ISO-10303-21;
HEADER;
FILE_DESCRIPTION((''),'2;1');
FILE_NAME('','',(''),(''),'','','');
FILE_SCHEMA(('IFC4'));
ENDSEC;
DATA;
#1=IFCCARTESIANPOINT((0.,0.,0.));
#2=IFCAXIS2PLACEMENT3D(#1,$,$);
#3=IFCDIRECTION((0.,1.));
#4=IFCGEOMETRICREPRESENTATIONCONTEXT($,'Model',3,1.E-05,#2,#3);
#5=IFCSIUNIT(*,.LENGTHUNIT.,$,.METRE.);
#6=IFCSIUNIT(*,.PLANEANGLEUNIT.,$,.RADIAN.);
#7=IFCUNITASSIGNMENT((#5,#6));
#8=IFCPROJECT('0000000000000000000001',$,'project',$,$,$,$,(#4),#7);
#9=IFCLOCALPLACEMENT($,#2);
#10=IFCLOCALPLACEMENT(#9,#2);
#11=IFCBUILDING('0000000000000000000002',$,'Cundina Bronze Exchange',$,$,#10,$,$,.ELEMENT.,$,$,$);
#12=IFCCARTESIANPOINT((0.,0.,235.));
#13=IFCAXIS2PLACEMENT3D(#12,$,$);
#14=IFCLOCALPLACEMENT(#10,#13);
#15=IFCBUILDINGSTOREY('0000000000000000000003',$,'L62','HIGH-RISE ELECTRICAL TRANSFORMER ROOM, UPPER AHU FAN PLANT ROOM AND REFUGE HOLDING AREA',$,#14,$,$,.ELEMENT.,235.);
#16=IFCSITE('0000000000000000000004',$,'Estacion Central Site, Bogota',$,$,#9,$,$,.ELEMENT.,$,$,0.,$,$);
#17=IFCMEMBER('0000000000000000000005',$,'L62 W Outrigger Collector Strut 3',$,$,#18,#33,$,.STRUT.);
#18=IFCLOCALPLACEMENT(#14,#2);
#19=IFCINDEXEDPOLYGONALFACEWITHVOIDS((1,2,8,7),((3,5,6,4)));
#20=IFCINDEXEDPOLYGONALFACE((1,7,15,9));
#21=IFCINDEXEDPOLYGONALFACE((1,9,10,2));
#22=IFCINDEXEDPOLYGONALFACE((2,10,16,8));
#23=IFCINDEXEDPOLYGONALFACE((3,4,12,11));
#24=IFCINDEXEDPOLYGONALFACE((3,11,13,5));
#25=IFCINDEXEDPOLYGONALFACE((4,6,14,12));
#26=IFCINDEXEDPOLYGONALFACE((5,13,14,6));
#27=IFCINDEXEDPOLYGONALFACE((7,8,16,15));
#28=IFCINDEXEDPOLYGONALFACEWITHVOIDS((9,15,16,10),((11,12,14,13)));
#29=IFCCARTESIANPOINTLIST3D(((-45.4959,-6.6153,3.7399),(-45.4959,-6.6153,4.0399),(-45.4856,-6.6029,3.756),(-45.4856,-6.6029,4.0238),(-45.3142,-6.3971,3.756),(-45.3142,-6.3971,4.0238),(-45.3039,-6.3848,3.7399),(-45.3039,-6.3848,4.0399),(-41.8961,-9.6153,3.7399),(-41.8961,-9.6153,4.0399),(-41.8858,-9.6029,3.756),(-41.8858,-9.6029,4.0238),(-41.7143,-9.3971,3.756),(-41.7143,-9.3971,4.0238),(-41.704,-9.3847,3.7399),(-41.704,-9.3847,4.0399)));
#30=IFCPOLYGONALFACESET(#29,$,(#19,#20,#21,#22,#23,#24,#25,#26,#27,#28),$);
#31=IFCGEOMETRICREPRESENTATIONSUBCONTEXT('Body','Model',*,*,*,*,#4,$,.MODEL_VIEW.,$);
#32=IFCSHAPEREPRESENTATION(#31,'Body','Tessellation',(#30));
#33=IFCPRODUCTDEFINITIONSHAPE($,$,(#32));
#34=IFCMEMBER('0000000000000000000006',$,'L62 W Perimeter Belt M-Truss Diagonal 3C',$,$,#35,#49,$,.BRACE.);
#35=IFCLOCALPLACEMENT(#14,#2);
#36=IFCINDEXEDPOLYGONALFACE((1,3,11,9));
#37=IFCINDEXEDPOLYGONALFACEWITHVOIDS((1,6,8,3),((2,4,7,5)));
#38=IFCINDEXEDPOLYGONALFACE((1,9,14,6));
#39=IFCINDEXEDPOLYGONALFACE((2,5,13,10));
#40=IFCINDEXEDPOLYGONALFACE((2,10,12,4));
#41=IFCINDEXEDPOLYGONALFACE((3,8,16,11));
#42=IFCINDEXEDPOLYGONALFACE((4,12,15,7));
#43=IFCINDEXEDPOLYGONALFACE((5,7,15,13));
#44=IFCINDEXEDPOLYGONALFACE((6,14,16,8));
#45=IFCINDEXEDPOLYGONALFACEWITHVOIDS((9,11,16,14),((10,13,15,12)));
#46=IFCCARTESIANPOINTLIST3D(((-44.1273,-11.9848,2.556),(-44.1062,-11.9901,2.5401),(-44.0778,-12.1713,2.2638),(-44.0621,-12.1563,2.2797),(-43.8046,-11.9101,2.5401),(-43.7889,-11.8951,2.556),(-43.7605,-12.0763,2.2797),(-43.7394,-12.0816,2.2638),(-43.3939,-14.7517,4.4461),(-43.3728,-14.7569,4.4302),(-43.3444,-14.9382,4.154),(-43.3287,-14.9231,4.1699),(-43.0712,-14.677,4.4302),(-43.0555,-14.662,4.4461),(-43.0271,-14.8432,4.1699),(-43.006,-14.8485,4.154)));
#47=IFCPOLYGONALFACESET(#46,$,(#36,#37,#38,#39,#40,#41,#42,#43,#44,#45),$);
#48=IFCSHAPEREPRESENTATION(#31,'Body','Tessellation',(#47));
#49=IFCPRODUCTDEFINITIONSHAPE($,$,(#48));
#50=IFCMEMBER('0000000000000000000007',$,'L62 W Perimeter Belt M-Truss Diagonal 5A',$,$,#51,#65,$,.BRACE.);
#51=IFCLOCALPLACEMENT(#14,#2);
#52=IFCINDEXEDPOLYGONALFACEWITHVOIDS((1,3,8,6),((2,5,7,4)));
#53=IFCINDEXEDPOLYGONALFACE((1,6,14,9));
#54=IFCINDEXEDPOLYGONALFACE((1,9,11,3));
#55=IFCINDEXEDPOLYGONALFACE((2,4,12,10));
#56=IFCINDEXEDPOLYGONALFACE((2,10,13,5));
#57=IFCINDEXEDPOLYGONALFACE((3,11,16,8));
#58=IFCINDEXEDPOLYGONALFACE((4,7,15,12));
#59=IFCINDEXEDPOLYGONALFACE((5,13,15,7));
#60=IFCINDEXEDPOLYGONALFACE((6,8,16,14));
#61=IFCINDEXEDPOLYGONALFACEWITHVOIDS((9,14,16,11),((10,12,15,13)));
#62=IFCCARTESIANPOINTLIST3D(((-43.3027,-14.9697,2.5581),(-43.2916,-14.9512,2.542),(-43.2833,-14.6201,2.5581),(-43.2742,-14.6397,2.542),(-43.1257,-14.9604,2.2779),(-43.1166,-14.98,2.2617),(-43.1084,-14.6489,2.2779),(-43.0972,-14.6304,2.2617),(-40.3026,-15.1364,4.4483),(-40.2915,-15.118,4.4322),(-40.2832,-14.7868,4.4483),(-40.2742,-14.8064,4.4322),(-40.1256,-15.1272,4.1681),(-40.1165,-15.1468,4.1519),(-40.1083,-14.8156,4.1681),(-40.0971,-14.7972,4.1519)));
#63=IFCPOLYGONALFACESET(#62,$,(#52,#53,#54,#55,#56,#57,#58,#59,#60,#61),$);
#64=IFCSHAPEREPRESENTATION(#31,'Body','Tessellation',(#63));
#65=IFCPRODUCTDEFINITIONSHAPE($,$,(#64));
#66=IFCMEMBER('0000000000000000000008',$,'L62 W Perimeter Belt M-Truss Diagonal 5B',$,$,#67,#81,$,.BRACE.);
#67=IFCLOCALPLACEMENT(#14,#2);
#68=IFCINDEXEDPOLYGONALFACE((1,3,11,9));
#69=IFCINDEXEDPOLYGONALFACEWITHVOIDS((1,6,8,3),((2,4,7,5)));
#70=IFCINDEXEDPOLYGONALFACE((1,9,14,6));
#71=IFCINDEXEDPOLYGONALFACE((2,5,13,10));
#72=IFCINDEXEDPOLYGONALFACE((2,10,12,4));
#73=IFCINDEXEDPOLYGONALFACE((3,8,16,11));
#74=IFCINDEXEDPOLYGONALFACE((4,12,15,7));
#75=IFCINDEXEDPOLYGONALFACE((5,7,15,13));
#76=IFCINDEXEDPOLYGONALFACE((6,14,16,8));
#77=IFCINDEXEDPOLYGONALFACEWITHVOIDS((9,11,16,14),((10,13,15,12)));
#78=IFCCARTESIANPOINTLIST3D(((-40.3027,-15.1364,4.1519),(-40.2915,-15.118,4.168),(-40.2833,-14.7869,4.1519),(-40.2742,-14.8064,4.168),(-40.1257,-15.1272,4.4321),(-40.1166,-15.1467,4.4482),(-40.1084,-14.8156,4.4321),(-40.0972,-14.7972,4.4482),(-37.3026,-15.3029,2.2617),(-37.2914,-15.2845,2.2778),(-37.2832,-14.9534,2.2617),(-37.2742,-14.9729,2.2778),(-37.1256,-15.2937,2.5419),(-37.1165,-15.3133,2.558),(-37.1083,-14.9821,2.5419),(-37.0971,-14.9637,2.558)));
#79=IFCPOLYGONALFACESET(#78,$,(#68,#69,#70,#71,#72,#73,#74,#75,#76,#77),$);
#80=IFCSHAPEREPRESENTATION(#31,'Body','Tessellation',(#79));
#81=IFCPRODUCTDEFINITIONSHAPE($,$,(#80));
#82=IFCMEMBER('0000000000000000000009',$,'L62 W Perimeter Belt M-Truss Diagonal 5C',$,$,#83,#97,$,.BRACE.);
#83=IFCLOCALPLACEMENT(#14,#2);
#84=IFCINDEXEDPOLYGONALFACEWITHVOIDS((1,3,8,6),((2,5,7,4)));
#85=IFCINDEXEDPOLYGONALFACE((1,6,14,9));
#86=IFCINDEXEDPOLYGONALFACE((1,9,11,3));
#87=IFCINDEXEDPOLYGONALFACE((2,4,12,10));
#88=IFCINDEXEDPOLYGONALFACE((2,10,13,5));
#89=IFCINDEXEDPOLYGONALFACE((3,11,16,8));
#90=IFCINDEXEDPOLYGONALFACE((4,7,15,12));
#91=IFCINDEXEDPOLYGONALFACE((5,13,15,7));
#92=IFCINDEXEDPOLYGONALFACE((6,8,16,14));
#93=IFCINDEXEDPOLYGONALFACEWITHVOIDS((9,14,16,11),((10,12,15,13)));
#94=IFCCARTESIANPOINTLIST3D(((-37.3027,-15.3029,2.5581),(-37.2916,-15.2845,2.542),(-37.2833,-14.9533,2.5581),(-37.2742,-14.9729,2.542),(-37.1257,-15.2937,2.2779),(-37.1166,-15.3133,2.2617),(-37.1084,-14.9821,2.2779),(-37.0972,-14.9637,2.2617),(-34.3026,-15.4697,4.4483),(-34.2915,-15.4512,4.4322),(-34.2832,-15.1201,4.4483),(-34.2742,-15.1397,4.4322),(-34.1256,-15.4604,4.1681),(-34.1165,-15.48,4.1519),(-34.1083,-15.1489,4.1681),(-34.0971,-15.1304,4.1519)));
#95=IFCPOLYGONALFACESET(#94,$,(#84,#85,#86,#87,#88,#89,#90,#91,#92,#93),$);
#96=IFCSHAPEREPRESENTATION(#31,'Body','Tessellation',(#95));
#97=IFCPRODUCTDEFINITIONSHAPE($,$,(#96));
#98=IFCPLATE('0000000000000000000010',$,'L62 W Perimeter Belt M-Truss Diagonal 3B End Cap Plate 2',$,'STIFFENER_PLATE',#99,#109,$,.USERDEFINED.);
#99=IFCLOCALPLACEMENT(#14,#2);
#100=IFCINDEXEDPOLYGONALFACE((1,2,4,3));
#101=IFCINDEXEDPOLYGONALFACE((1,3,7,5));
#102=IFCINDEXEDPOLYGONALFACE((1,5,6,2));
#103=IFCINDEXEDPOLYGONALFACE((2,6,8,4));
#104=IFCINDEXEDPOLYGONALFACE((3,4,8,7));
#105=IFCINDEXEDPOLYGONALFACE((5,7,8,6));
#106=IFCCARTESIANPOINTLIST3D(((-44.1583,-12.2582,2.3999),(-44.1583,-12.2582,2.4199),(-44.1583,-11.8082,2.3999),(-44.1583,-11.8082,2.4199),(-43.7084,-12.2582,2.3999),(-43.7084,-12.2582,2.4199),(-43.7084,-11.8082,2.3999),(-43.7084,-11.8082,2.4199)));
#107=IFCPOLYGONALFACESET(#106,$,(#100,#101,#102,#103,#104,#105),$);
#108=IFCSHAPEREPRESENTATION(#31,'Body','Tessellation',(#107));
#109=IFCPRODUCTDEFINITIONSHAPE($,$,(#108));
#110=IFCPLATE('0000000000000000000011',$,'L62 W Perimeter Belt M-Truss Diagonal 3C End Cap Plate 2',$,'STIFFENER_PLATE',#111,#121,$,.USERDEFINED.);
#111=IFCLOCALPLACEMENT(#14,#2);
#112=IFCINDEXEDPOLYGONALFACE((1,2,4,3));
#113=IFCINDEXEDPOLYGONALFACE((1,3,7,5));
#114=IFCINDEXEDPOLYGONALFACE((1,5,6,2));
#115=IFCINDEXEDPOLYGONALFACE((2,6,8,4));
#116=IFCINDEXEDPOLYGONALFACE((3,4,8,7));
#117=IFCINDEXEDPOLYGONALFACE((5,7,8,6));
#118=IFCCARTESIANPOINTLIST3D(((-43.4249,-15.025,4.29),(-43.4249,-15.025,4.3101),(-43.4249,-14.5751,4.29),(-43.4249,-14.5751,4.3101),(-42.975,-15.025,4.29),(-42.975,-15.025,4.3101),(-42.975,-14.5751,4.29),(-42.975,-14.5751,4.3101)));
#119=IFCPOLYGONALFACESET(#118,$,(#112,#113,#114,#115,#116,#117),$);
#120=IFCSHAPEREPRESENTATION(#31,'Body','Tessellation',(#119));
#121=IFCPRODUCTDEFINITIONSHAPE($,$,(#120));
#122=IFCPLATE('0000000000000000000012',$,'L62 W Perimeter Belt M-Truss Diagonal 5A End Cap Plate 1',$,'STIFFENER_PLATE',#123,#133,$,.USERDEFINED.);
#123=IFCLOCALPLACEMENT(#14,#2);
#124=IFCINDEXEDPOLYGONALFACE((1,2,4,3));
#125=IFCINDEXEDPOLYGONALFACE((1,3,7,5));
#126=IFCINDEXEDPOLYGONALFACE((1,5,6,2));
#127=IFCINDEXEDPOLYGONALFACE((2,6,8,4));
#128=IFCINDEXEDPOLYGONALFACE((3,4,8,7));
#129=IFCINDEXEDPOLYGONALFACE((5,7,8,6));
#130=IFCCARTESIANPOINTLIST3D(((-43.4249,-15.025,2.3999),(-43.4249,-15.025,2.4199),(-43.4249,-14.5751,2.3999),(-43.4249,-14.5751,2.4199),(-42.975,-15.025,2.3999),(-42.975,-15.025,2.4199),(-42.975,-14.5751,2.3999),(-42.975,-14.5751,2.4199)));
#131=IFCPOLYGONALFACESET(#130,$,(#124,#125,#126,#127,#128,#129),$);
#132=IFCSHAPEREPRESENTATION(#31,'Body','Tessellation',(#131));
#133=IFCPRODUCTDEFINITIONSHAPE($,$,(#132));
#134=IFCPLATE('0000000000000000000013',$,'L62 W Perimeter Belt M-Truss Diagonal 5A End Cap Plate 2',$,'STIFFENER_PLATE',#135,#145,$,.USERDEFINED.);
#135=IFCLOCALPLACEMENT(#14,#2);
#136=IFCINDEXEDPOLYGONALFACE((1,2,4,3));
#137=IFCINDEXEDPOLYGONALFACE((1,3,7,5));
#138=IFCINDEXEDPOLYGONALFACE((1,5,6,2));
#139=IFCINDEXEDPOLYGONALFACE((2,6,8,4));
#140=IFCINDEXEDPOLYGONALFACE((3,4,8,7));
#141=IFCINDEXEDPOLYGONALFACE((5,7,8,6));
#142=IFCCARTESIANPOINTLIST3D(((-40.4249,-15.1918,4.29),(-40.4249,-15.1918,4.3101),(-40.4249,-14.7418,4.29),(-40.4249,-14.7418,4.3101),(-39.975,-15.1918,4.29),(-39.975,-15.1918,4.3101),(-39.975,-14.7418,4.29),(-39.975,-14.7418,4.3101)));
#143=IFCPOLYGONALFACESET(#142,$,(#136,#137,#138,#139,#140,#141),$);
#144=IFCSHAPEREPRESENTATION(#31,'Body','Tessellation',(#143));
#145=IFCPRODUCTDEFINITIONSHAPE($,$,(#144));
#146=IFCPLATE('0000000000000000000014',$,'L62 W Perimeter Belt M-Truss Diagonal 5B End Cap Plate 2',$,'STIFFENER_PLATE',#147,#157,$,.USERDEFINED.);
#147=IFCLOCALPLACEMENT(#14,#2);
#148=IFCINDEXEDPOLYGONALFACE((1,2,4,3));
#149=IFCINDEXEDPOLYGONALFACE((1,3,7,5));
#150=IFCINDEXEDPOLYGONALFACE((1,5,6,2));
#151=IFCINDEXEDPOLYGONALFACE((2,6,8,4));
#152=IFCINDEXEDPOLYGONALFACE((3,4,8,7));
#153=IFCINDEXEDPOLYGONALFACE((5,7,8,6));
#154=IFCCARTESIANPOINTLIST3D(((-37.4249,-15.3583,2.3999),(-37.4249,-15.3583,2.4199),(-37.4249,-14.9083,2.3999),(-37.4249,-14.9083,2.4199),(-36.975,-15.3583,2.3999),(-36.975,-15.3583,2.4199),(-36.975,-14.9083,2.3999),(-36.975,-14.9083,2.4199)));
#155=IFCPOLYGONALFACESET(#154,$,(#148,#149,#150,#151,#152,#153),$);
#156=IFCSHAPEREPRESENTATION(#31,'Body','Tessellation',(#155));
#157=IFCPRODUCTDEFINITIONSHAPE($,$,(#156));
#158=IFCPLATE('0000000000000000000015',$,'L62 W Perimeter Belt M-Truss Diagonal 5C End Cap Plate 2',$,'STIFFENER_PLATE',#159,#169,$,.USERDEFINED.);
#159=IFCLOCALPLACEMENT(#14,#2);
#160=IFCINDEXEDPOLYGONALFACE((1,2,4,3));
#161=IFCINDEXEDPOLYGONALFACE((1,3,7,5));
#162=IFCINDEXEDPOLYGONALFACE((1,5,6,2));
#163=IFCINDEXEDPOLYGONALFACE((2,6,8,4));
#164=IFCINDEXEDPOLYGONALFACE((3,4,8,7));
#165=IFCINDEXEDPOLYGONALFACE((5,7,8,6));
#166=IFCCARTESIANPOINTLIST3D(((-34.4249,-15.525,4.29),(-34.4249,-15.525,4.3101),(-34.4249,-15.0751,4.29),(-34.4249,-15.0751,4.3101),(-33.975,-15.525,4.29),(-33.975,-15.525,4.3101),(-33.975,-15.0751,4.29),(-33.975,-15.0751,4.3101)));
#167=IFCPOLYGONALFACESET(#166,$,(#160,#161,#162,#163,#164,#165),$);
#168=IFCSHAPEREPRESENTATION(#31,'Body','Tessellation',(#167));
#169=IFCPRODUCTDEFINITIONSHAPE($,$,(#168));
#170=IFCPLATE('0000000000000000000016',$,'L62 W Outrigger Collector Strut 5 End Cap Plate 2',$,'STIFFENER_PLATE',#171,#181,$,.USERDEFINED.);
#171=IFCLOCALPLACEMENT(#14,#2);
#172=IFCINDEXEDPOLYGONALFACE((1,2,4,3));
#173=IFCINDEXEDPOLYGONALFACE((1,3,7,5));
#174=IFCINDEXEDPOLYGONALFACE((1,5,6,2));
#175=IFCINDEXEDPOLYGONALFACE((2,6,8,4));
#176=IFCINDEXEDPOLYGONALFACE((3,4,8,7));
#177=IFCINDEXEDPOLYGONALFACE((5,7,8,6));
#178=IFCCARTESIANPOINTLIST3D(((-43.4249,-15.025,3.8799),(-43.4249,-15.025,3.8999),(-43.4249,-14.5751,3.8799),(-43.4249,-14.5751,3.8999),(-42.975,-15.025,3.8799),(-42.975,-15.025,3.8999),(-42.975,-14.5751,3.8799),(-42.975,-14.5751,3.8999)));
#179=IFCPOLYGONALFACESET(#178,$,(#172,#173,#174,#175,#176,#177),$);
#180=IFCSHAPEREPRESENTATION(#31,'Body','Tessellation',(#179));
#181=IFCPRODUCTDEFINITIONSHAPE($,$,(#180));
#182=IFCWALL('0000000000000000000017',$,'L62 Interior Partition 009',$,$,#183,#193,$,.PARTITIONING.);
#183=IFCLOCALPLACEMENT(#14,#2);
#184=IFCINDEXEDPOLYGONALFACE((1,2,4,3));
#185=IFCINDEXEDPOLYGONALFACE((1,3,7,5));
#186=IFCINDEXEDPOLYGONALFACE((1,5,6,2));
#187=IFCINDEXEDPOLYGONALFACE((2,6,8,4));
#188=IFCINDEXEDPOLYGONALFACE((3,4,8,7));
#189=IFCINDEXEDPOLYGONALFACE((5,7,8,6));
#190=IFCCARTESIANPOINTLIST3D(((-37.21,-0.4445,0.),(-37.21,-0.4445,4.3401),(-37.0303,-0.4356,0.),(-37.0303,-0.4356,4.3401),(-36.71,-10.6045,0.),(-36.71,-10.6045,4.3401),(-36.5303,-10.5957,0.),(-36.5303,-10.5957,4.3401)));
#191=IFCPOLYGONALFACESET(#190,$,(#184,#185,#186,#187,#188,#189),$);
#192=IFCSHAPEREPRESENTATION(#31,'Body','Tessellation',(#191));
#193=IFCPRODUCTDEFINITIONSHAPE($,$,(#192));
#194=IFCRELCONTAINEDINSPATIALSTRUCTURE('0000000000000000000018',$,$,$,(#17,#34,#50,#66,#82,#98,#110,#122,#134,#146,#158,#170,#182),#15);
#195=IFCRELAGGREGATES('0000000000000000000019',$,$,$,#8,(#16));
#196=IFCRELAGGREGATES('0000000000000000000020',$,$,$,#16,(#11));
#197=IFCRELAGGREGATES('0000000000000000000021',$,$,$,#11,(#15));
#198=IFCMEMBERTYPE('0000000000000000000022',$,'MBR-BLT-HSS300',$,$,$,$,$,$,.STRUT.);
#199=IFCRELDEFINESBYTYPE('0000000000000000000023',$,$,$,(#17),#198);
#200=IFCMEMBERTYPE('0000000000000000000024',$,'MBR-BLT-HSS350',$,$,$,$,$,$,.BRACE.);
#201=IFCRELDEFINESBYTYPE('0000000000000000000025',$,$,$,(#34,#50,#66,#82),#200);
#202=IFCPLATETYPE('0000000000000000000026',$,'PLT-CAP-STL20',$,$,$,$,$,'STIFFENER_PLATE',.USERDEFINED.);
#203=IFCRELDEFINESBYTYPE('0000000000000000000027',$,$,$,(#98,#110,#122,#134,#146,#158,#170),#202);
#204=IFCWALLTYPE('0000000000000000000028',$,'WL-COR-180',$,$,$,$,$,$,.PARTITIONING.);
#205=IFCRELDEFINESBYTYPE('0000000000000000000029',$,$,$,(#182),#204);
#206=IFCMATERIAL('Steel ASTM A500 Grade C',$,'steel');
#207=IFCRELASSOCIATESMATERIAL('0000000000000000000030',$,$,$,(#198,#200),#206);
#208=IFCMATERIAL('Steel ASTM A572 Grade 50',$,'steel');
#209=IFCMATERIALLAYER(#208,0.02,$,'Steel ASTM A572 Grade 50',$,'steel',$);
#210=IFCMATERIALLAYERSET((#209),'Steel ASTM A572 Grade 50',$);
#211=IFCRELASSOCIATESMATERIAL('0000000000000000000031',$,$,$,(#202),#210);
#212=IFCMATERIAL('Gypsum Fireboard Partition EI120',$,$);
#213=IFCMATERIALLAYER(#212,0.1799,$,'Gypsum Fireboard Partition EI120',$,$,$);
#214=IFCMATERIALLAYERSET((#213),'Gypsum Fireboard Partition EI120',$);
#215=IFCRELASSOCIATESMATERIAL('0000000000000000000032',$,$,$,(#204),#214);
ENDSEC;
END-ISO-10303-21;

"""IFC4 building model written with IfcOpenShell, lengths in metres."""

from ifc_helpers import new_model, si_unit, direction, frame, frame_2d, origin, origin_2d, place, context, subcontext, project, spatial, rectangle, hollow_rectangle, extrude, material, layer, layer_set, material_profile, profile_set, type_object, element, save


model = new_model("IFC4")

# Units and contexts
model_context = context("Model", 3, precision=1e-05, world=origin(), true_north=direction((0.0, 1.0)))
body_context = subcontext(model_context, "Body", "Model", "MODEL_VIEW")
ifc_project = project(units=[si_unit("LENGTHUNIT", "METRE"), si_unit("PLANEANGLEUNIT", "RADIAN")], contexts=[model_context])

# Site, building, storey
site_placement = place(None, origin())
site = spatial("IfcSite", under=ifc_project, at=site_placement, Name="Estacion Central Site, Bogota", CompositionType="ELEMENT", RefElevation=0.0)
building_placement = place(site_placement, origin())
building = spatial("IfcBuilding", under=site, at=building_placement, Name="Cundina Bronze Exchange", CompositionType="ELEMENT")
storey_placement = place(building_placement, frame((0.0, 0.0, 235.0)))
storey = spatial("IfcBuildingStorey", under=building, at=storey_placement, Name="L62", Description="HIGH-RISE ELECTRICAL TRANSFORMER ROOM, UPPER AHU FAN PLANT ROOM AND REFUGE HOLDING AREA", CompositionType="ELEMENT", Elevation=235.0)

# Members
ifc_material_1 = material(Name="Steel ASTM A500 Grade C", Category="steel")
ifc_material_profile_1 = material_profile(ifc_material_1, hollow_rectangle(XDim=0.3, YDim=0.3, WallThickness=0.0161, at=origin_2d()), Name="HSS300X300X16", Category="steel")
ifc_profile_set_1 = profile_set([ifc_material_profile_1], Name="Steel ASTM A500 Grade C")
member_type_1 = type_object("IfcMemberType", Name="MBR-BLT-HSS300", PredefinedType="STRUT", material=ifc_profile_set_1)
member_1_placement = place(storey_placement, frame((-41.8, -9.5, 3.8899), z_axis=(-0.768208, 0.6402, 0.0), x_axis=(-0.6402, -0.768208, 0.0)))
element("IfcMember", 1, at=member_1_placement, inside=storey, type_object=member_type_1, Name="L62 W Outrigger Collector Strut 3", PredefinedType="STRUT", context=body_context, shape_type="SweptSolid", body=[
    extrude(hollow_rectangle(XDim=0.3, YDim=0.3, WallThickness=0.0161, at=origin_2d()), origin(), (0.0, 0.0, 1.0), 4.686),
])
ifc_material_profile_2 = material_profile(ifc_material_1, hollow_rectangle(XDim=0.3501, YDim=0.3501, WallThickness=0.019, at=origin_2d()), Name="HSS350X350X19", Category="steel")
ifc_profile_set_2 = profile_set([ifc_material_profile_2], Name="Steel ASTM A500 Grade C")
member_type_2 = type_object("IfcMemberType", Name="MBR-BLT-HSS350", PredefinedType="BRACE", material=ifc_profile_set_2)
member_2_placement = place(storey_placement, frame((-43.9333, -12.0332, 2.4099), z_axis=(0.213809, -0.806625, 0.551036), x_axis=(0.966619, 0.256218, 0.0)))
element("IfcMember", 2, at=member_2_placement, inside=storey, type_object=member_type_2, Name="L62 W Perimeter Belt M-Truss Diagonal 3C", PredefinedType="BRACE", context=body_context, shape_type="SweptSolid", body=[
    extrude(hollow_rectangle(XDim=0.3501, YDim=0.3501, WallThickness=0.019, at=origin_2d()), origin(), (0.0, 0.0, 1.0), 3.4302),
])
for number, where, z_axis, x_axis, name in (
    (3, (-43.2, -14.8, 2.4099), (0.84514, -0.046975, 0.532477), (0.055497, 0.998459, 0.0), "L62 W Perimeter Belt M-Truss Diagonal 5A"),
    (4, (-40.2, -14.9668, 4.3), (0.845143, -0.046907, -0.532479), (0.055416, 0.998463, 0.0), "L62 W Perimeter Belt M-Truss Diagonal 5B"),
    (5, (-37.2, -15.1333, 2.4099), (0.84514, -0.046975, 0.532477), (0.055497, 0.998459, 0.0), "L62 W Perimeter Belt M-Truss Diagonal 5C"),
):
    element("IfcMember", number, at=place(storey_placement, frame(where, z_axis=z_axis, x_axis=x_axis)), inside=storey, type_object=member_type_2, Name=name, PredefinedType="BRACE", context=body_context, shape_type="SweptSolid", body=[
        extrude(hollow_rectangle(XDim=0.3501, YDim=0.3501, WallThickness=0.019, at=origin_2d()), origin(), (0.0, 0.0, 1.0), 3.5498),
    ])

# Plates
ifc_material_2 = material(Name="Steel ASTM A572 Grade 50", Category="steel")
ifc_layer_1 = layer(ifc_material_2, 0.02, Name="Steel ASTM A572 Grade 50", Category="steel")
ifc_layer_set_1 = layer_set([ifc_layer_1], Name="Steel ASTM A572 Grade 50")
plate_type = type_object("IfcPlateType", Name="PLT-CAP-STL20", ElementType="STIFFENER_PLATE", PredefinedType="USERDEFINED", material=ifc_layer_set_1)
for number, where, z_axis, x_axis, name in (
    (6, (-43.9333, -12.0332, 2.3999), (0.0, 0.0, 1.0), (1.0, 0.0, 0.0), "L62 W Perimeter Belt M-Truss Diagonal 3B End Cap Plate 2"),
    (7, (-43.2, -14.8, 4.29), (0.0, 0.0, 1.0), (1.0, 0.0, 0.0), "L62 W Perimeter Belt M-Truss Diagonal 3C End Cap Plate 2"),
    (8, (-43.2, -14.8, 2.3999), (0.0, 0.0, 1.0), (1.0, 0.0, 0.0), "L62 W Perimeter Belt M-Truss Diagonal 5A End Cap Plate 1"),
    (9, (-40.2, -14.9668, 4.29), (0.0, 0.0, 1.0), (1.0, 0.0, 0.0), "L62 W Perimeter Belt M-Truss Diagonal 5A End Cap Plate 2"),
    (10, (-37.2, -15.1333, 2.3999), (0.0, 0.0, 1.0), (1.0, 0.0, 0.0), "L62 W Perimeter Belt M-Truss Diagonal 5B End Cap Plate 2"),
    (11, (-34.2, -15.3, 4.29), (0.0, 0.0, 1.0), (1.0, 0.0, 0.0), "L62 W Perimeter Belt M-Truss Diagonal 5C End Cap Plate 2"),
    (12, (-43.2, -14.8, 3.8799), (0.0, 0.0, 1.0), (1.0, 0.0, 0.0), "L62 W Outrigger Collector Strut 5 End Cap Plate 2"),
):
    element("IfcPlate", number, at=place(storey_placement, frame(where, z_axis=z_axis, x_axis=x_axis)), inside=storey, type_object=plate_type, Name=name, ObjectType="STIFFENER_PLATE", PredefinedType="USERDEFINED", context=body_context, shape_type="SweptSolid", body=[
        extrude(rectangle(XDim=0.45, YDim=0.45, at=origin_2d()), origin(), (0.0, 0.0, 1.0), 0.02),
    ])

# Wall
ifc_material_3 = material(Name="Gypsum Fireboard Partition EI120")
ifc_layer_2 = layer(ifc_material_3, 0.1799, Name="Gypsum Fireboard Partition EI120")
ifc_layer_set_2 = layer_set([ifc_layer_2], Name="Gypsum Fireboard Partition EI120")
wall_type_1 = type_object("IfcWallType", Name="WL-COR-180", PredefinedType="PARTITIONING", material=ifc_layer_set_2)
wall_1_placement = place(storey_placement, frame((-36.6201, -10.6001, 0.0), z_axis=(0.0, 0.0, 1.0), x_axis=(-0.049152, 0.998791, 0.0)))
element("IfcWall", 13, at=wall_1_placement, inside=storey, type_object=wall_type_1, Name="L62 Interior Partition 009", PredefinedType="PARTITIONING", context=body_context, shape_type="SweptSolid", body=[
    extrude(rectangle(XDim=10.1724, YDim=0.1799, at=frame_2d((5.0862, 0.0))), origin(), (0.0, 0.0, 1.0), 4.3401),
])

save(model, "model.ifc")
